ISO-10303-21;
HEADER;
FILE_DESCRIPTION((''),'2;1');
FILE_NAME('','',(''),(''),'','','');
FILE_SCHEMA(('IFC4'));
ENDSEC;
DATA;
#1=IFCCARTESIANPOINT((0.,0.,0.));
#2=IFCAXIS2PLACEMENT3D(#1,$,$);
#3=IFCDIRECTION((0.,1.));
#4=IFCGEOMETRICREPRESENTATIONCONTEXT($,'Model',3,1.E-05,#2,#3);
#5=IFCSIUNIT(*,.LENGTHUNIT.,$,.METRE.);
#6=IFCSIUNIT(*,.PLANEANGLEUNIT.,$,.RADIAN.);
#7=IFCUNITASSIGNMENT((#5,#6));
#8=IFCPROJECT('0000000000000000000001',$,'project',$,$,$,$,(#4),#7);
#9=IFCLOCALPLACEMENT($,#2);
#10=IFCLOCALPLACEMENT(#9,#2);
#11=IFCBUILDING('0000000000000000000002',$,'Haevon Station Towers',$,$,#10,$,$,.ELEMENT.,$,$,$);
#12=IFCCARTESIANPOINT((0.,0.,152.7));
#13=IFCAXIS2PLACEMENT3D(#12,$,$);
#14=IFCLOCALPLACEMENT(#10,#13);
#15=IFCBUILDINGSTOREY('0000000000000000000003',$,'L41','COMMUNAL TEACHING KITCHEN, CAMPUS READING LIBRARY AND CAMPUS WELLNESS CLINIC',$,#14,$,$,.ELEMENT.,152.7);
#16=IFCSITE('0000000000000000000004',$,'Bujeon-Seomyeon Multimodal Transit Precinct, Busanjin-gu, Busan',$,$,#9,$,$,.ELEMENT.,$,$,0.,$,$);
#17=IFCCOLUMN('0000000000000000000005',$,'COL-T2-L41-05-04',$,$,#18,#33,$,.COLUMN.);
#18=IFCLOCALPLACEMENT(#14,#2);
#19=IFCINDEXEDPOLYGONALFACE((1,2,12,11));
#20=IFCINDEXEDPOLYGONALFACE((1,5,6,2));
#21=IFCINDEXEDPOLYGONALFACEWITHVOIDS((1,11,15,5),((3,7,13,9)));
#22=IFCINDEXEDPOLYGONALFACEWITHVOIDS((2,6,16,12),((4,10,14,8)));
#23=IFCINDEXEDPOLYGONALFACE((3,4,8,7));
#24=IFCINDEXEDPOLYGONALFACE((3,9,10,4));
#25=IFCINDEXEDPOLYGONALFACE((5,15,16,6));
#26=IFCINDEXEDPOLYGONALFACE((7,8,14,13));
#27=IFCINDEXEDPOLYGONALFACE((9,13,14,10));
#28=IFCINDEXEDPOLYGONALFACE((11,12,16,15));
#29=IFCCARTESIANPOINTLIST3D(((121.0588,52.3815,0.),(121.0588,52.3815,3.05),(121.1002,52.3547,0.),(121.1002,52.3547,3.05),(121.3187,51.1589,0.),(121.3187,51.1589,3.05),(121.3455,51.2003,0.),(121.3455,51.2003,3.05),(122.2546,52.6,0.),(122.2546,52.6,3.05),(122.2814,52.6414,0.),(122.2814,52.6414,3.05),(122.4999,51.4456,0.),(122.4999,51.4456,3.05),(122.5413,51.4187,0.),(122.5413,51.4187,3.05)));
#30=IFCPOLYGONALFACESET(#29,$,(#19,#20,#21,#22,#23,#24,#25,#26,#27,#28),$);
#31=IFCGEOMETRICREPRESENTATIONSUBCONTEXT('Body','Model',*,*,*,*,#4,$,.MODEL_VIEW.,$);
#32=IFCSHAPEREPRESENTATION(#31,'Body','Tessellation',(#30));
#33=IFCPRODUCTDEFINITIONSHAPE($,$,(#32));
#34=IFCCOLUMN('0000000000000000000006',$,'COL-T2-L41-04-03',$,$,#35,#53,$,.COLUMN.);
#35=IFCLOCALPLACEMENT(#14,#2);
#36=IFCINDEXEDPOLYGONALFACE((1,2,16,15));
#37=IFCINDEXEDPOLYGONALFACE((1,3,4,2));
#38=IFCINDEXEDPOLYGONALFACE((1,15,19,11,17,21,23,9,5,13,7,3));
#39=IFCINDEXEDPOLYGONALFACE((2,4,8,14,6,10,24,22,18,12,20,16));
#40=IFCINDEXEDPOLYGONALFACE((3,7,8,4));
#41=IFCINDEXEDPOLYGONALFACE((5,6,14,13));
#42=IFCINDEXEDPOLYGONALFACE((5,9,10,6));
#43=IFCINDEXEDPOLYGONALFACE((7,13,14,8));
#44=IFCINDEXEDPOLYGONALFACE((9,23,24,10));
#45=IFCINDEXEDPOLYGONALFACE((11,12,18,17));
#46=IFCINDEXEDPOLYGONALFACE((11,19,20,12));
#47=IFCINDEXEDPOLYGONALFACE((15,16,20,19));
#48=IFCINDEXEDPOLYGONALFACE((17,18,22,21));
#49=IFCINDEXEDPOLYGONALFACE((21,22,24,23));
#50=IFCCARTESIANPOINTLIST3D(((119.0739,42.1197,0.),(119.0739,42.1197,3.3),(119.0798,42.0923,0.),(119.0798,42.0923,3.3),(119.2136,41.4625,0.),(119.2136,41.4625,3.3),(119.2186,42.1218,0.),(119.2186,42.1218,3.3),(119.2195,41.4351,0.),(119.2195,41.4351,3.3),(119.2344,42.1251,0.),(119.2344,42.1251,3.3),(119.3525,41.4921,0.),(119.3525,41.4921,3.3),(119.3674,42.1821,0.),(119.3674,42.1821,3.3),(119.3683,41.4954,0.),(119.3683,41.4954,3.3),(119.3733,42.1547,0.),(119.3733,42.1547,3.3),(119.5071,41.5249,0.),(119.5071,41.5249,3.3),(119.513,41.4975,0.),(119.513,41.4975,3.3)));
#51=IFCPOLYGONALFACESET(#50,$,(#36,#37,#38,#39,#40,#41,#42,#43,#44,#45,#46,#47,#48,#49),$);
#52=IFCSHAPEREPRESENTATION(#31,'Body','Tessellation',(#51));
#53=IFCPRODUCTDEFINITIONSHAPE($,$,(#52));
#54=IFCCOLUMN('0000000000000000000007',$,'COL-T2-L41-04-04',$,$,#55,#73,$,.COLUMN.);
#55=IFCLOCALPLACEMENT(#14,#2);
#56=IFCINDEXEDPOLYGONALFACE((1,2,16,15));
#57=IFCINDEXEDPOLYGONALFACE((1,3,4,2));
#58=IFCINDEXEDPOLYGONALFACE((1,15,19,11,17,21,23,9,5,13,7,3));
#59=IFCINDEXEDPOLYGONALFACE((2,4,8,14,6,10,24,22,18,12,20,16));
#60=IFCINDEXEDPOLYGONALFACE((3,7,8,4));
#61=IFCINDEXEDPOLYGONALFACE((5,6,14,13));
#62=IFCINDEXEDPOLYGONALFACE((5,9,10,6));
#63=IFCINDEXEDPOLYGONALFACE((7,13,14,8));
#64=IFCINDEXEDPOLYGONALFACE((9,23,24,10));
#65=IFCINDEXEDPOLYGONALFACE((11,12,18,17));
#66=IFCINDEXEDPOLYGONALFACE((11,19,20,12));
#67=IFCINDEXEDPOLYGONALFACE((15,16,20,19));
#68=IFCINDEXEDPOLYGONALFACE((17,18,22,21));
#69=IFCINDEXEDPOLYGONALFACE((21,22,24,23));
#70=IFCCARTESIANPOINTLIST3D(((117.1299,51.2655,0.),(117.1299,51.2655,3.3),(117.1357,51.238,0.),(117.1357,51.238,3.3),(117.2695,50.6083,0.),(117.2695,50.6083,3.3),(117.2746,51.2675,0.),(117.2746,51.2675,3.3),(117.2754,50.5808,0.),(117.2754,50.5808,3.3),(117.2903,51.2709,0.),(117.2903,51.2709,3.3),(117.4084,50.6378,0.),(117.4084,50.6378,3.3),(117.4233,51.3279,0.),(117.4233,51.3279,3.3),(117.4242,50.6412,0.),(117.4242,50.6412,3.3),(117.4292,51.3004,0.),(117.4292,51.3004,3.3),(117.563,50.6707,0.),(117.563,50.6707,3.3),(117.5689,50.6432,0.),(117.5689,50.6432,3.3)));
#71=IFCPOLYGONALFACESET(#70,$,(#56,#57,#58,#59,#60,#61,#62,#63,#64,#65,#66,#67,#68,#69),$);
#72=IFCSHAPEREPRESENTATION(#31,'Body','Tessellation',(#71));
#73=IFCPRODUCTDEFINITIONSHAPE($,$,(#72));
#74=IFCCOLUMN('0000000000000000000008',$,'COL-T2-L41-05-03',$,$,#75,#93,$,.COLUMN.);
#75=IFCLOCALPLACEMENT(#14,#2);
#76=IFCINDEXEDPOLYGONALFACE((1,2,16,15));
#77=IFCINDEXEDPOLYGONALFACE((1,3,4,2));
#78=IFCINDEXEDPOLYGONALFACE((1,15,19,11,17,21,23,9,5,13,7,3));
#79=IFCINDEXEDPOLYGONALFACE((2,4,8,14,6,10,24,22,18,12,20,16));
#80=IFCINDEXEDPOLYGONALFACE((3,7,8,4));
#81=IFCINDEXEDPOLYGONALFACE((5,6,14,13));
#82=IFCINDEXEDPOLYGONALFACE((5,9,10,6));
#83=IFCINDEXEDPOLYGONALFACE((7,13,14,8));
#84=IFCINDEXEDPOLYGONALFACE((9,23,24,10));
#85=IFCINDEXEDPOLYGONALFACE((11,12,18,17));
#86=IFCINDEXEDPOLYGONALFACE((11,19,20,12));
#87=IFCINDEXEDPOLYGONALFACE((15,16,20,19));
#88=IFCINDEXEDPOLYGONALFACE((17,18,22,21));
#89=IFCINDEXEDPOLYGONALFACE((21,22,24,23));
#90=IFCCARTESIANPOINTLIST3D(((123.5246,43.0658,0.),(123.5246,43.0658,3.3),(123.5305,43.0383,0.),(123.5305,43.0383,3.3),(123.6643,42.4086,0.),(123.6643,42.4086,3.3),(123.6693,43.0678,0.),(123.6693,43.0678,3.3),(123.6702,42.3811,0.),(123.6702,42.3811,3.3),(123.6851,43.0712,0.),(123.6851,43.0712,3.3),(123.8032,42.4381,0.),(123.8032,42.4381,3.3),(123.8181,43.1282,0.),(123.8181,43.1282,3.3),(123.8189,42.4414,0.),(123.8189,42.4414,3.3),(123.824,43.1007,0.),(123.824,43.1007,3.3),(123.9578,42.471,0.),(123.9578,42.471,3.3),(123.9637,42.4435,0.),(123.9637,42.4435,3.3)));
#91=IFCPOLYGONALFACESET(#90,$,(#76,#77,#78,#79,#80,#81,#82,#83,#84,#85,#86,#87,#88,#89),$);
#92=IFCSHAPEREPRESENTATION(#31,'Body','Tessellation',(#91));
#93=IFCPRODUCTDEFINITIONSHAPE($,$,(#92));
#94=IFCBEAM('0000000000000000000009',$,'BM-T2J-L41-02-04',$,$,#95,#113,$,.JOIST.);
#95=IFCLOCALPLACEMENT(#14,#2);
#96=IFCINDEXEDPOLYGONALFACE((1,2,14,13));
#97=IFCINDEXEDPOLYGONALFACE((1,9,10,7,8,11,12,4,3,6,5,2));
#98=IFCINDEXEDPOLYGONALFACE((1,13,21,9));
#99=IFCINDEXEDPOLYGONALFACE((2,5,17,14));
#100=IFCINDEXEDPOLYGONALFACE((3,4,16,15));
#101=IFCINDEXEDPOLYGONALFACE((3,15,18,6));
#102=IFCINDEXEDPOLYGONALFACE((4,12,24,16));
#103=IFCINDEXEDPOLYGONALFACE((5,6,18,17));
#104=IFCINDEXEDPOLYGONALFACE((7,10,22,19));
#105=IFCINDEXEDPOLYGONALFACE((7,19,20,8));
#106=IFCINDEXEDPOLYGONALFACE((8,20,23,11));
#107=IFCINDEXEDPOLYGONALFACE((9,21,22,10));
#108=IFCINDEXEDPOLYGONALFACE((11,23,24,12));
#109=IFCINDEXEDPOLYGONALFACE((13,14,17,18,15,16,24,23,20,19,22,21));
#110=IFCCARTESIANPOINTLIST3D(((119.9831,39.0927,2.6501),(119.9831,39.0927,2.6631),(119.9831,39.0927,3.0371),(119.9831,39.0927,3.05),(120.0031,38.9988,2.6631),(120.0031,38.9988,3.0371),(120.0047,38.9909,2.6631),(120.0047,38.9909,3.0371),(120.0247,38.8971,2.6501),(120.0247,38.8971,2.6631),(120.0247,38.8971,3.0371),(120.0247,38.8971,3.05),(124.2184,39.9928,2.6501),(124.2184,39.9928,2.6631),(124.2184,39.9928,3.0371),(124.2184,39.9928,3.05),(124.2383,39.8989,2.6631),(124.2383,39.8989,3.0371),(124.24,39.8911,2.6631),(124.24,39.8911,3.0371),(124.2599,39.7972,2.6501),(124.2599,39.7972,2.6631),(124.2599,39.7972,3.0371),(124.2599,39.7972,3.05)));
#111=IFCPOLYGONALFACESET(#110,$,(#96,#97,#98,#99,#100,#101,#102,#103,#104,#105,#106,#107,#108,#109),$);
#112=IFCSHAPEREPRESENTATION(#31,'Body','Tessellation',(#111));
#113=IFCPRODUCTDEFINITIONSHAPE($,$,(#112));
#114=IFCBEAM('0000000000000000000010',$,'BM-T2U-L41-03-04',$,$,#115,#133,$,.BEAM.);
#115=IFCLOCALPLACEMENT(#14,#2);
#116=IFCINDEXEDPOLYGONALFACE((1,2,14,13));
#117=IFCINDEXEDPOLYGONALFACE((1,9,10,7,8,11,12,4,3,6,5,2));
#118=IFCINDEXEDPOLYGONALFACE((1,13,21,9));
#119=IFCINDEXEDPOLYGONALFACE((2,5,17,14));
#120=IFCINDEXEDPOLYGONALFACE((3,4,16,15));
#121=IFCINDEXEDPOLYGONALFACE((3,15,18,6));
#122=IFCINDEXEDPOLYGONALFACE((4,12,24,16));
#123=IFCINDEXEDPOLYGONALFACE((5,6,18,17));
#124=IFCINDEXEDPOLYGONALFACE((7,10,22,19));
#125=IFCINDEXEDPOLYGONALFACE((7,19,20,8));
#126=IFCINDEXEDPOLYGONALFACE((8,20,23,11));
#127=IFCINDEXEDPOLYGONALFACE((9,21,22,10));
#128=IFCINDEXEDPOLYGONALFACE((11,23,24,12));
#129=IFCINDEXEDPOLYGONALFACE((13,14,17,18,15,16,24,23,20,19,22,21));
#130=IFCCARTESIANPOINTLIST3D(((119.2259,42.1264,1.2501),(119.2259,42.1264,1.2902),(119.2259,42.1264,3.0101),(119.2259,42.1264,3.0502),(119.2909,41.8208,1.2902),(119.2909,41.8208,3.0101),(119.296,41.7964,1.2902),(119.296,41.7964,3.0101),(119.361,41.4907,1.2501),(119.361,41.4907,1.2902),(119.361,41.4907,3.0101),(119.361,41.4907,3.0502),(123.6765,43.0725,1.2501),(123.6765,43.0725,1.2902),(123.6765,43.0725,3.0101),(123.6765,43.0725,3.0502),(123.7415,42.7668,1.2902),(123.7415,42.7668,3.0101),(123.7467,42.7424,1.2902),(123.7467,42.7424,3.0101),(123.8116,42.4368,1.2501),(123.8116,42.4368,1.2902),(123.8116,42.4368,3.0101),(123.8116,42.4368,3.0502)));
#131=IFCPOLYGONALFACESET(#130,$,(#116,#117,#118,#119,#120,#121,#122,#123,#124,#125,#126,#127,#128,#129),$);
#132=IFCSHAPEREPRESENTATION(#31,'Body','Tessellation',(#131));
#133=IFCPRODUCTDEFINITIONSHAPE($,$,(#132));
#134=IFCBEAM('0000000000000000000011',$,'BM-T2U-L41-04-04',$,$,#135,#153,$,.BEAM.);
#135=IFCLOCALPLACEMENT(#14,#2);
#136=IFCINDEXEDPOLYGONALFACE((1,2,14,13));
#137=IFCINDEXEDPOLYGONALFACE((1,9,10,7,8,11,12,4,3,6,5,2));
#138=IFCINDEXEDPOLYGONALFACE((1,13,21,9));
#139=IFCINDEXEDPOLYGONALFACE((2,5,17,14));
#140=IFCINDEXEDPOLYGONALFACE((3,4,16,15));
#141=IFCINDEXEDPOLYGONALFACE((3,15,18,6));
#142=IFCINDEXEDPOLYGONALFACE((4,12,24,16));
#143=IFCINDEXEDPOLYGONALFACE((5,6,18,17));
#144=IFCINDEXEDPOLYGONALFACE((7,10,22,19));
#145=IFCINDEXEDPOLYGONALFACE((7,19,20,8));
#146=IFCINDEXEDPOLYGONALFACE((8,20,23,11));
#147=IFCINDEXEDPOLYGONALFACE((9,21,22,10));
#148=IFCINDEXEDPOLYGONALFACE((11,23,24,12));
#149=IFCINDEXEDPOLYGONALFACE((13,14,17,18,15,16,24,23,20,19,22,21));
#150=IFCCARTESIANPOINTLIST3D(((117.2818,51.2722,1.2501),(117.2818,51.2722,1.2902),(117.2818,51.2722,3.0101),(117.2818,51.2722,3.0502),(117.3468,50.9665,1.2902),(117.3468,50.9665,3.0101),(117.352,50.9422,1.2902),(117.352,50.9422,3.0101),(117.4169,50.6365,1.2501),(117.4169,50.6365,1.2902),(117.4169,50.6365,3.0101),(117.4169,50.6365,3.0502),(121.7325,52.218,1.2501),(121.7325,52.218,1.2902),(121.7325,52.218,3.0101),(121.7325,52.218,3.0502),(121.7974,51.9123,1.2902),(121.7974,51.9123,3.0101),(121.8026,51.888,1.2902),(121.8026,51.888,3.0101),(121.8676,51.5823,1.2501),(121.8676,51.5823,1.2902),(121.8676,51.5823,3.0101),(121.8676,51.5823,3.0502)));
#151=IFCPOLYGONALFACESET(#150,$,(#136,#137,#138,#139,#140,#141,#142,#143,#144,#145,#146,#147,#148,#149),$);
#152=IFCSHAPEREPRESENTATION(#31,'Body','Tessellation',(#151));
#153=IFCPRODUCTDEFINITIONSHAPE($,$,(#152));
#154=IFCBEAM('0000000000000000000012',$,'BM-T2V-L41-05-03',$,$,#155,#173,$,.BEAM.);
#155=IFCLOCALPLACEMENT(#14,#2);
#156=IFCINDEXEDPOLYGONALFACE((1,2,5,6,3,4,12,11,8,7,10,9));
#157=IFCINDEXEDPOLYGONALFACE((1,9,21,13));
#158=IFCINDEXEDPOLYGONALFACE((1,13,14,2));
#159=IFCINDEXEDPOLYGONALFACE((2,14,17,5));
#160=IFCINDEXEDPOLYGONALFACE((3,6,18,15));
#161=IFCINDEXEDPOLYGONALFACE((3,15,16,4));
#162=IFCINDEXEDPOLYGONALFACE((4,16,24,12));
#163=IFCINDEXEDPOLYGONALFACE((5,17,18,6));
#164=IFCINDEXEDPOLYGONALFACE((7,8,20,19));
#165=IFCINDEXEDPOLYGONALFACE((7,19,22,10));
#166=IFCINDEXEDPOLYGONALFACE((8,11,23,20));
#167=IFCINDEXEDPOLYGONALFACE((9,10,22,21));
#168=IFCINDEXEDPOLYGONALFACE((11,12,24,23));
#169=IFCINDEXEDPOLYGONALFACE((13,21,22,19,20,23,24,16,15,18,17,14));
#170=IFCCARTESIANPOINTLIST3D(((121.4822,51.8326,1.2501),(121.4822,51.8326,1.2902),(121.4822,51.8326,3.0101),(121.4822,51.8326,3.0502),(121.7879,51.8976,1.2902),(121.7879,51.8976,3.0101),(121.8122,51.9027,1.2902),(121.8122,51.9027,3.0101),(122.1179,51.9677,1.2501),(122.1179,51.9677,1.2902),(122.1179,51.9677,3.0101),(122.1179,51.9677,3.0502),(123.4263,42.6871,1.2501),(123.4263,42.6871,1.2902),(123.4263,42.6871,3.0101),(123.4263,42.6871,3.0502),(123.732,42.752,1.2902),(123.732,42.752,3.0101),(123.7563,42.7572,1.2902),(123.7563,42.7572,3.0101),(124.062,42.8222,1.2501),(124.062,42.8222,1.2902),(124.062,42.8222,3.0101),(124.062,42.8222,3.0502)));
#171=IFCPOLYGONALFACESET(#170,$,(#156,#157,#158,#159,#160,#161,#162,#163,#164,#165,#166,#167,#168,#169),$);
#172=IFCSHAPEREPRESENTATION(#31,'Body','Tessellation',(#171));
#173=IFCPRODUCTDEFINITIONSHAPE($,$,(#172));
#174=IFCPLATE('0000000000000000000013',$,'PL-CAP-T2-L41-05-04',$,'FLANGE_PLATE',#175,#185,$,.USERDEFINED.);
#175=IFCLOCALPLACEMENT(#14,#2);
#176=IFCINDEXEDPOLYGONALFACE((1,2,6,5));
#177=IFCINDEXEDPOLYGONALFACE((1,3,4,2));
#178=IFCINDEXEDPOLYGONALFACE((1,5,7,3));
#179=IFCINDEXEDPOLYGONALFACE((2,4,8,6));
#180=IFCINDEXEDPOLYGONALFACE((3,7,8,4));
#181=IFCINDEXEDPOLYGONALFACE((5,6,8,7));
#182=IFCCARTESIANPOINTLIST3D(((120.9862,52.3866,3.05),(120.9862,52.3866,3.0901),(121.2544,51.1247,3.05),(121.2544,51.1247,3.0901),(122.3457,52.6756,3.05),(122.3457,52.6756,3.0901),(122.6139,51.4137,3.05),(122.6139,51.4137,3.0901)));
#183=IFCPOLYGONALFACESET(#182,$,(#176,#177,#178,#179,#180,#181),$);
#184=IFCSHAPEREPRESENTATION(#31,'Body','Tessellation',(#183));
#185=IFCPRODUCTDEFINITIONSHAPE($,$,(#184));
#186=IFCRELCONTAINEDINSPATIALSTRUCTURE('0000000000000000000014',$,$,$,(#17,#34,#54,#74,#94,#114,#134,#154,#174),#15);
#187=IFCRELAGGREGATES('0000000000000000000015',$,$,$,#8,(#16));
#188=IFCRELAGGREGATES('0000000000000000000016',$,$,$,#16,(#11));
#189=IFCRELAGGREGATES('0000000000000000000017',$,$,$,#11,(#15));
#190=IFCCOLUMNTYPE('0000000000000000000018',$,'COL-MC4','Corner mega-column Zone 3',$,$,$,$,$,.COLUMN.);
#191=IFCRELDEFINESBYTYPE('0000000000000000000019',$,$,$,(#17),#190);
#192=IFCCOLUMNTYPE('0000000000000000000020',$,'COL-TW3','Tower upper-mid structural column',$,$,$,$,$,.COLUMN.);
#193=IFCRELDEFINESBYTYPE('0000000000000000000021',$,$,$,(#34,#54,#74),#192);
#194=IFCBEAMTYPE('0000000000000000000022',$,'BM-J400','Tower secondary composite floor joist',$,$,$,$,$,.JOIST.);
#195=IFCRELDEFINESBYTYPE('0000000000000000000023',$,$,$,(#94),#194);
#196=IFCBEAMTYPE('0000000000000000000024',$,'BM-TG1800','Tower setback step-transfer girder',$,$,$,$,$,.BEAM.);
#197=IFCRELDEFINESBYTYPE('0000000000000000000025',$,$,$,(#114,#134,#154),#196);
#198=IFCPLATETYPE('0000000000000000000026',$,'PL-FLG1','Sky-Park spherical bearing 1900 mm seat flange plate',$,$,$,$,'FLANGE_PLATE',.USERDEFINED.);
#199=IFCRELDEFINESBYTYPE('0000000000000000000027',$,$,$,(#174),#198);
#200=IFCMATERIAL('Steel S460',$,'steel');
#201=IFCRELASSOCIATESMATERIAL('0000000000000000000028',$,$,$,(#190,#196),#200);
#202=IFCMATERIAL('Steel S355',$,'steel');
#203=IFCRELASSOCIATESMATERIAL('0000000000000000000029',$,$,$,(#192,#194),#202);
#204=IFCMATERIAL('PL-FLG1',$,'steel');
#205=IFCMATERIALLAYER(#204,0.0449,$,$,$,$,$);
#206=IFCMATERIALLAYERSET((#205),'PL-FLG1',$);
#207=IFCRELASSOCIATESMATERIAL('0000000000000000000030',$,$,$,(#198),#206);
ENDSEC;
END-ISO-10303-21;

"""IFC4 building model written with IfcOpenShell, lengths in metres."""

from ifc_helpers import new_model, si_unit, direction, frame, origin, origin_2d, place, context, subcontext, project, spatial, rectangle, hollow_rectangle, i_section, extrude, material, layer, layer_set, material_profile, profile_set, type_object, element, save


model = new_model("IFC4")

# Units and contexts
model_context = context("Model", 3, precision=1e-05, world=origin(), true_north=direction((0.0, 1.0)))
body_context = subcontext(model_context, "Body", "Model", "MODEL_VIEW")
ifc_project = project(units=[si_unit("LENGTHUNIT", "METRE"), si_unit("PLANEANGLEUNIT", "RADIAN")], contexts=[model_context])

# Site, building, storey
site_placement = place(None, origin())
site = spatial("IfcSite", under=ifc_project, at=site_placement, Name="Bujeon-Seomyeon Multimodal Transit Precinct, Busanjin-gu, Busan", CompositionType="ELEMENT", RefElevation=0.0)
building_placement = place(site_placement, origin())
building = spatial("IfcBuilding", under=site, at=building_placement, Name="Haevon Station Towers", CompositionType="ELEMENT")
storey_placement = place(building_placement, frame((0.0, 0.0, 152.7)))
storey = spatial("IfcBuildingStorey", under=building, at=storey_placement, Name="L41", Description="COMMUNAL TEACHING KITCHEN, CAMPUS READING LIBRARY AND CAMPUS WELLNESS CLINIC", CompositionType="ELEMENT", Elevation=152.7)

# Columns
ifc_material_1 = material(Name="Steel S460", Category="steel")
ifc_material_profile_1 = material_profile(ifc_material_1, hollow_rectangle(XDim=1.25, YDim=1.25, WallThickness=0.0349, at=origin_2d()), Name="BOX-1250x1250x35")
ifc_profile_set_1 = profile_set([ifc_material_profile_1], Name="Steel S460")
column_type_1 = type_object("IfcColumnType", Name="COL-MC4", Description="Corner mega-column Zone 3", PredefinedType="COLUMN", material=ifc_profile_set_1)
column_placement = place(storey_placement, frame((121.8, 51.9001, 0.0), z_axis=(0.0, 0.0, 1.0), x_axis=(0.978148, 0.207912, 0.0)))
element("IfcColumn", 1, at=column_placement, inside=storey, type_object=column_type_1, Name="COL-T2-L41-05-04", PredefinedType="COLUMN", context=body_context, shape_type="SweptSolid", body=[
    extrude(hollow_rectangle(XDim=1.25, YDim=1.25, WallThickness=0.0349, at=origin_2d()), origin(), (0.0, 0.0, 1.0), 3.05),
])
ifc_material_2 = material(Name="Steel S355", Category="steel")
ifc_material_profile_2 = material_profile(ifc_material_2, i_section(OverallWidth=0.3, OverallDepth=0.7, WebThickness=0.0161, FlangeThickness=0.0281, at=origin_2d()), Name="H-700x300x16x28")
ifc_profile_set_2 = profile_set([ifc_material_profile_2], Name="Steel S355")
column_type_2 = type_object("IfcColumnType", Name="COL-TW3", Description="Tower upper-mid structural column", PredefinedType="COLUMN", material=ifc_profile_set_2)
for number, where, z_axis, x_axis, name in (
    (2, (119.2935, 41.8086, 0.0), (0.0, 0.0, 1.0), (0.978148, 0.207912, 0.0), "COL-T2-L41-04-03"),
    (3, (117.3494, 50.9543, 0.0), (0.0, 0.0, 1.0), (0.978148, 0.207912, 0.0), "COL-T2-L41-04-04"),
    (4, (123.7441, 42.7546, 0.0), (0.0, 0.0, 1.0), (0.978148, 0.207912, 0.0), "COL-T2-L41-05-03"),
):
    element("IfcColumn", number, at=place(storey_placement, frame(where, z_axis=z_axis, x_axis=x_axis)), inside=storey, type_object=column_type_2, Name=name, PredefinedType="COLUMN", context=body_context, shape_type="SweptSolid", body=[
        extrude(i_section(OverallWidth=0.3, OverallDepth=0.7, WebThickness=0.0161, FlangeThickness=0.0281, at=origin_2d()), origin(), (0.0, 0.0, 1.0), 3.3),
    ])

# Beams
ifc_material_profile_3 = material_profile(ifc_material_2, i_section(OverallWidth=0.2, OverallDepth=0.3999, WebThickness=0.0081, FlangeThickness=0.0129, at=origin_2d()), Name="H-400x200x8x13")
ifc_profile_set_3 = profile_set([ifc_material_profile_3], Name="Steel S355")
beam_type_1 = type_object("IfcBeamType", Name="BM-J400", Description="Tower secondary composite floor joist", PredefinedType="JOIST", material=ifc_profile_set_3)
beam_1_placement = place(storey_placement, frame((120.0039, 38.9949, 2.8501), z_axis=(0.978153, 0.207888, 0.0), x_axis=(-0.207888, 0.978153, 0.0)))
element("IfcBeam", 5, at=beam_1_placement, inside=storey, type_object=beam_type_1, Name="BM-T2J-L41-02-04", PredefinedType="JOIST", context=body_context, shape_type="SweptSolid", body=[
    extrude(i_section(OverallWidth=0.2, OverallDepth=0.3999, WebThickness=0.0081, FlangeThickness=0.0129, at=origin_2d()), origin(), (0.0, 0.0, 1.0), 4.3298),
])
ifc_material_profile_4 = material_profile(ifc_material_1, i_section(OverallWidth=0.6499, OverallDepth=1.8, WebThickness=0.0249, FlangeThickness=0.04, at=origin_2d()), Name="H-1800x650x25x40")
ifc_profile_set_4 = profile_set([ifc_material_profile_4], Name="Steel S460")
beam_type_2 = type_object("IfcBeamType", Name="BM-TG1800", Description="Tower setback step-transfer girder", PredefinedType="BEAM", material=ifc_profile_set_4)
for number, where, z_axis, x_axis, name in (
    (6, (119.2935, 41.8086, 2.1501), (0.978147, 0.207917, 0.0), (-0.207917, 0.978147, 0.0), "BM-T2U-L41-03-04"),
    (7, (117.3494, 50.9543, 2.1501), (0.978157, 0.207865, 0.0), (-0.207865, 0.978157, 0.0), "BM-T2U-L41-04-04"),
):
    element("IfcBeam", number, at=place(storey_placement, frame(where, z_axis=z_axis, x_axis=x_axis)), inside=storey, type_object=beam_type_2, Name=name, PredefinedType="BEAM", context=body_context, shape_type="SweptSolid", body=[
        extrude(i_section(OverallWidth=0.6499, OverallDepth=1.8, WebThickness=0.0249, FlangeThickness=0.04, at=origin_2d()), origin(), (0.0, 0.0, 1.0), 4.55),
    ])
beam_2_placement = place(storey_placement, frame((123.7441, 42.7546, 2.1501), z_axis=(-0.207927, 0.978144, 0.0), x_axis=(-0.978144, -0.207927, 0.0)))
element("IfcBeam", 8, at=beam_2_placement, inside=storey, type_object=beam_type_2, Name="BM-T2V-L41-05-03", PredefinedType="BEAM", context=body_context, shape_type="SweptSolid", body=[
    extrude(i_section(OverallWidth=0.6499, OverallDepth=1.8, WebThickness=0.0249, FlangeThickness=0.04, at=origin_2d()), origin(), (0.0, 0.0, 1.0), 9.3499),
])

# Plate
ifc_material_3 = material(Name="PL-FLG1", Category="steel")
ifc_layer_1 = layer(ifc_material_3, 0.0449)
ifc_layer_set_1 = layer_set([ifc_layer_1], Name="PL-FLG1")
plate_type_1 = type_object("IfcPlateType", Name="PL-FLG1", Description="Sky-Park spherical bearing 1900 mm seat flange plate", ElementType="FLANGE_PLATE", PredefinedType="USERDEFINED", material=ifc_layer_set_1)
plate_1_placement = place(storey_placement, frame((121.8, 51.9001, 3.05), z_axis=(0.0, 0.0, 1.0), x_axis=(0.978148, 0.207912, 0.0)))
element("IfcPlate", 9, at=plate_1_placement, inside=storey, type_object=plate_type_1, Name="PL-CAP-T2-L41-05-04", ObjectType="FLANGE_PLATE", PredefinedType="USERDEFINED", context=body_context, shape_type="SweptSolid", body=[
    extrude(rectangle(XDim=1.3899, YDim=1.29, at=origin_2d()), origin(), (0.0, 0.0, 1.0), 0.04),
])

save(model, "model.ifc")
